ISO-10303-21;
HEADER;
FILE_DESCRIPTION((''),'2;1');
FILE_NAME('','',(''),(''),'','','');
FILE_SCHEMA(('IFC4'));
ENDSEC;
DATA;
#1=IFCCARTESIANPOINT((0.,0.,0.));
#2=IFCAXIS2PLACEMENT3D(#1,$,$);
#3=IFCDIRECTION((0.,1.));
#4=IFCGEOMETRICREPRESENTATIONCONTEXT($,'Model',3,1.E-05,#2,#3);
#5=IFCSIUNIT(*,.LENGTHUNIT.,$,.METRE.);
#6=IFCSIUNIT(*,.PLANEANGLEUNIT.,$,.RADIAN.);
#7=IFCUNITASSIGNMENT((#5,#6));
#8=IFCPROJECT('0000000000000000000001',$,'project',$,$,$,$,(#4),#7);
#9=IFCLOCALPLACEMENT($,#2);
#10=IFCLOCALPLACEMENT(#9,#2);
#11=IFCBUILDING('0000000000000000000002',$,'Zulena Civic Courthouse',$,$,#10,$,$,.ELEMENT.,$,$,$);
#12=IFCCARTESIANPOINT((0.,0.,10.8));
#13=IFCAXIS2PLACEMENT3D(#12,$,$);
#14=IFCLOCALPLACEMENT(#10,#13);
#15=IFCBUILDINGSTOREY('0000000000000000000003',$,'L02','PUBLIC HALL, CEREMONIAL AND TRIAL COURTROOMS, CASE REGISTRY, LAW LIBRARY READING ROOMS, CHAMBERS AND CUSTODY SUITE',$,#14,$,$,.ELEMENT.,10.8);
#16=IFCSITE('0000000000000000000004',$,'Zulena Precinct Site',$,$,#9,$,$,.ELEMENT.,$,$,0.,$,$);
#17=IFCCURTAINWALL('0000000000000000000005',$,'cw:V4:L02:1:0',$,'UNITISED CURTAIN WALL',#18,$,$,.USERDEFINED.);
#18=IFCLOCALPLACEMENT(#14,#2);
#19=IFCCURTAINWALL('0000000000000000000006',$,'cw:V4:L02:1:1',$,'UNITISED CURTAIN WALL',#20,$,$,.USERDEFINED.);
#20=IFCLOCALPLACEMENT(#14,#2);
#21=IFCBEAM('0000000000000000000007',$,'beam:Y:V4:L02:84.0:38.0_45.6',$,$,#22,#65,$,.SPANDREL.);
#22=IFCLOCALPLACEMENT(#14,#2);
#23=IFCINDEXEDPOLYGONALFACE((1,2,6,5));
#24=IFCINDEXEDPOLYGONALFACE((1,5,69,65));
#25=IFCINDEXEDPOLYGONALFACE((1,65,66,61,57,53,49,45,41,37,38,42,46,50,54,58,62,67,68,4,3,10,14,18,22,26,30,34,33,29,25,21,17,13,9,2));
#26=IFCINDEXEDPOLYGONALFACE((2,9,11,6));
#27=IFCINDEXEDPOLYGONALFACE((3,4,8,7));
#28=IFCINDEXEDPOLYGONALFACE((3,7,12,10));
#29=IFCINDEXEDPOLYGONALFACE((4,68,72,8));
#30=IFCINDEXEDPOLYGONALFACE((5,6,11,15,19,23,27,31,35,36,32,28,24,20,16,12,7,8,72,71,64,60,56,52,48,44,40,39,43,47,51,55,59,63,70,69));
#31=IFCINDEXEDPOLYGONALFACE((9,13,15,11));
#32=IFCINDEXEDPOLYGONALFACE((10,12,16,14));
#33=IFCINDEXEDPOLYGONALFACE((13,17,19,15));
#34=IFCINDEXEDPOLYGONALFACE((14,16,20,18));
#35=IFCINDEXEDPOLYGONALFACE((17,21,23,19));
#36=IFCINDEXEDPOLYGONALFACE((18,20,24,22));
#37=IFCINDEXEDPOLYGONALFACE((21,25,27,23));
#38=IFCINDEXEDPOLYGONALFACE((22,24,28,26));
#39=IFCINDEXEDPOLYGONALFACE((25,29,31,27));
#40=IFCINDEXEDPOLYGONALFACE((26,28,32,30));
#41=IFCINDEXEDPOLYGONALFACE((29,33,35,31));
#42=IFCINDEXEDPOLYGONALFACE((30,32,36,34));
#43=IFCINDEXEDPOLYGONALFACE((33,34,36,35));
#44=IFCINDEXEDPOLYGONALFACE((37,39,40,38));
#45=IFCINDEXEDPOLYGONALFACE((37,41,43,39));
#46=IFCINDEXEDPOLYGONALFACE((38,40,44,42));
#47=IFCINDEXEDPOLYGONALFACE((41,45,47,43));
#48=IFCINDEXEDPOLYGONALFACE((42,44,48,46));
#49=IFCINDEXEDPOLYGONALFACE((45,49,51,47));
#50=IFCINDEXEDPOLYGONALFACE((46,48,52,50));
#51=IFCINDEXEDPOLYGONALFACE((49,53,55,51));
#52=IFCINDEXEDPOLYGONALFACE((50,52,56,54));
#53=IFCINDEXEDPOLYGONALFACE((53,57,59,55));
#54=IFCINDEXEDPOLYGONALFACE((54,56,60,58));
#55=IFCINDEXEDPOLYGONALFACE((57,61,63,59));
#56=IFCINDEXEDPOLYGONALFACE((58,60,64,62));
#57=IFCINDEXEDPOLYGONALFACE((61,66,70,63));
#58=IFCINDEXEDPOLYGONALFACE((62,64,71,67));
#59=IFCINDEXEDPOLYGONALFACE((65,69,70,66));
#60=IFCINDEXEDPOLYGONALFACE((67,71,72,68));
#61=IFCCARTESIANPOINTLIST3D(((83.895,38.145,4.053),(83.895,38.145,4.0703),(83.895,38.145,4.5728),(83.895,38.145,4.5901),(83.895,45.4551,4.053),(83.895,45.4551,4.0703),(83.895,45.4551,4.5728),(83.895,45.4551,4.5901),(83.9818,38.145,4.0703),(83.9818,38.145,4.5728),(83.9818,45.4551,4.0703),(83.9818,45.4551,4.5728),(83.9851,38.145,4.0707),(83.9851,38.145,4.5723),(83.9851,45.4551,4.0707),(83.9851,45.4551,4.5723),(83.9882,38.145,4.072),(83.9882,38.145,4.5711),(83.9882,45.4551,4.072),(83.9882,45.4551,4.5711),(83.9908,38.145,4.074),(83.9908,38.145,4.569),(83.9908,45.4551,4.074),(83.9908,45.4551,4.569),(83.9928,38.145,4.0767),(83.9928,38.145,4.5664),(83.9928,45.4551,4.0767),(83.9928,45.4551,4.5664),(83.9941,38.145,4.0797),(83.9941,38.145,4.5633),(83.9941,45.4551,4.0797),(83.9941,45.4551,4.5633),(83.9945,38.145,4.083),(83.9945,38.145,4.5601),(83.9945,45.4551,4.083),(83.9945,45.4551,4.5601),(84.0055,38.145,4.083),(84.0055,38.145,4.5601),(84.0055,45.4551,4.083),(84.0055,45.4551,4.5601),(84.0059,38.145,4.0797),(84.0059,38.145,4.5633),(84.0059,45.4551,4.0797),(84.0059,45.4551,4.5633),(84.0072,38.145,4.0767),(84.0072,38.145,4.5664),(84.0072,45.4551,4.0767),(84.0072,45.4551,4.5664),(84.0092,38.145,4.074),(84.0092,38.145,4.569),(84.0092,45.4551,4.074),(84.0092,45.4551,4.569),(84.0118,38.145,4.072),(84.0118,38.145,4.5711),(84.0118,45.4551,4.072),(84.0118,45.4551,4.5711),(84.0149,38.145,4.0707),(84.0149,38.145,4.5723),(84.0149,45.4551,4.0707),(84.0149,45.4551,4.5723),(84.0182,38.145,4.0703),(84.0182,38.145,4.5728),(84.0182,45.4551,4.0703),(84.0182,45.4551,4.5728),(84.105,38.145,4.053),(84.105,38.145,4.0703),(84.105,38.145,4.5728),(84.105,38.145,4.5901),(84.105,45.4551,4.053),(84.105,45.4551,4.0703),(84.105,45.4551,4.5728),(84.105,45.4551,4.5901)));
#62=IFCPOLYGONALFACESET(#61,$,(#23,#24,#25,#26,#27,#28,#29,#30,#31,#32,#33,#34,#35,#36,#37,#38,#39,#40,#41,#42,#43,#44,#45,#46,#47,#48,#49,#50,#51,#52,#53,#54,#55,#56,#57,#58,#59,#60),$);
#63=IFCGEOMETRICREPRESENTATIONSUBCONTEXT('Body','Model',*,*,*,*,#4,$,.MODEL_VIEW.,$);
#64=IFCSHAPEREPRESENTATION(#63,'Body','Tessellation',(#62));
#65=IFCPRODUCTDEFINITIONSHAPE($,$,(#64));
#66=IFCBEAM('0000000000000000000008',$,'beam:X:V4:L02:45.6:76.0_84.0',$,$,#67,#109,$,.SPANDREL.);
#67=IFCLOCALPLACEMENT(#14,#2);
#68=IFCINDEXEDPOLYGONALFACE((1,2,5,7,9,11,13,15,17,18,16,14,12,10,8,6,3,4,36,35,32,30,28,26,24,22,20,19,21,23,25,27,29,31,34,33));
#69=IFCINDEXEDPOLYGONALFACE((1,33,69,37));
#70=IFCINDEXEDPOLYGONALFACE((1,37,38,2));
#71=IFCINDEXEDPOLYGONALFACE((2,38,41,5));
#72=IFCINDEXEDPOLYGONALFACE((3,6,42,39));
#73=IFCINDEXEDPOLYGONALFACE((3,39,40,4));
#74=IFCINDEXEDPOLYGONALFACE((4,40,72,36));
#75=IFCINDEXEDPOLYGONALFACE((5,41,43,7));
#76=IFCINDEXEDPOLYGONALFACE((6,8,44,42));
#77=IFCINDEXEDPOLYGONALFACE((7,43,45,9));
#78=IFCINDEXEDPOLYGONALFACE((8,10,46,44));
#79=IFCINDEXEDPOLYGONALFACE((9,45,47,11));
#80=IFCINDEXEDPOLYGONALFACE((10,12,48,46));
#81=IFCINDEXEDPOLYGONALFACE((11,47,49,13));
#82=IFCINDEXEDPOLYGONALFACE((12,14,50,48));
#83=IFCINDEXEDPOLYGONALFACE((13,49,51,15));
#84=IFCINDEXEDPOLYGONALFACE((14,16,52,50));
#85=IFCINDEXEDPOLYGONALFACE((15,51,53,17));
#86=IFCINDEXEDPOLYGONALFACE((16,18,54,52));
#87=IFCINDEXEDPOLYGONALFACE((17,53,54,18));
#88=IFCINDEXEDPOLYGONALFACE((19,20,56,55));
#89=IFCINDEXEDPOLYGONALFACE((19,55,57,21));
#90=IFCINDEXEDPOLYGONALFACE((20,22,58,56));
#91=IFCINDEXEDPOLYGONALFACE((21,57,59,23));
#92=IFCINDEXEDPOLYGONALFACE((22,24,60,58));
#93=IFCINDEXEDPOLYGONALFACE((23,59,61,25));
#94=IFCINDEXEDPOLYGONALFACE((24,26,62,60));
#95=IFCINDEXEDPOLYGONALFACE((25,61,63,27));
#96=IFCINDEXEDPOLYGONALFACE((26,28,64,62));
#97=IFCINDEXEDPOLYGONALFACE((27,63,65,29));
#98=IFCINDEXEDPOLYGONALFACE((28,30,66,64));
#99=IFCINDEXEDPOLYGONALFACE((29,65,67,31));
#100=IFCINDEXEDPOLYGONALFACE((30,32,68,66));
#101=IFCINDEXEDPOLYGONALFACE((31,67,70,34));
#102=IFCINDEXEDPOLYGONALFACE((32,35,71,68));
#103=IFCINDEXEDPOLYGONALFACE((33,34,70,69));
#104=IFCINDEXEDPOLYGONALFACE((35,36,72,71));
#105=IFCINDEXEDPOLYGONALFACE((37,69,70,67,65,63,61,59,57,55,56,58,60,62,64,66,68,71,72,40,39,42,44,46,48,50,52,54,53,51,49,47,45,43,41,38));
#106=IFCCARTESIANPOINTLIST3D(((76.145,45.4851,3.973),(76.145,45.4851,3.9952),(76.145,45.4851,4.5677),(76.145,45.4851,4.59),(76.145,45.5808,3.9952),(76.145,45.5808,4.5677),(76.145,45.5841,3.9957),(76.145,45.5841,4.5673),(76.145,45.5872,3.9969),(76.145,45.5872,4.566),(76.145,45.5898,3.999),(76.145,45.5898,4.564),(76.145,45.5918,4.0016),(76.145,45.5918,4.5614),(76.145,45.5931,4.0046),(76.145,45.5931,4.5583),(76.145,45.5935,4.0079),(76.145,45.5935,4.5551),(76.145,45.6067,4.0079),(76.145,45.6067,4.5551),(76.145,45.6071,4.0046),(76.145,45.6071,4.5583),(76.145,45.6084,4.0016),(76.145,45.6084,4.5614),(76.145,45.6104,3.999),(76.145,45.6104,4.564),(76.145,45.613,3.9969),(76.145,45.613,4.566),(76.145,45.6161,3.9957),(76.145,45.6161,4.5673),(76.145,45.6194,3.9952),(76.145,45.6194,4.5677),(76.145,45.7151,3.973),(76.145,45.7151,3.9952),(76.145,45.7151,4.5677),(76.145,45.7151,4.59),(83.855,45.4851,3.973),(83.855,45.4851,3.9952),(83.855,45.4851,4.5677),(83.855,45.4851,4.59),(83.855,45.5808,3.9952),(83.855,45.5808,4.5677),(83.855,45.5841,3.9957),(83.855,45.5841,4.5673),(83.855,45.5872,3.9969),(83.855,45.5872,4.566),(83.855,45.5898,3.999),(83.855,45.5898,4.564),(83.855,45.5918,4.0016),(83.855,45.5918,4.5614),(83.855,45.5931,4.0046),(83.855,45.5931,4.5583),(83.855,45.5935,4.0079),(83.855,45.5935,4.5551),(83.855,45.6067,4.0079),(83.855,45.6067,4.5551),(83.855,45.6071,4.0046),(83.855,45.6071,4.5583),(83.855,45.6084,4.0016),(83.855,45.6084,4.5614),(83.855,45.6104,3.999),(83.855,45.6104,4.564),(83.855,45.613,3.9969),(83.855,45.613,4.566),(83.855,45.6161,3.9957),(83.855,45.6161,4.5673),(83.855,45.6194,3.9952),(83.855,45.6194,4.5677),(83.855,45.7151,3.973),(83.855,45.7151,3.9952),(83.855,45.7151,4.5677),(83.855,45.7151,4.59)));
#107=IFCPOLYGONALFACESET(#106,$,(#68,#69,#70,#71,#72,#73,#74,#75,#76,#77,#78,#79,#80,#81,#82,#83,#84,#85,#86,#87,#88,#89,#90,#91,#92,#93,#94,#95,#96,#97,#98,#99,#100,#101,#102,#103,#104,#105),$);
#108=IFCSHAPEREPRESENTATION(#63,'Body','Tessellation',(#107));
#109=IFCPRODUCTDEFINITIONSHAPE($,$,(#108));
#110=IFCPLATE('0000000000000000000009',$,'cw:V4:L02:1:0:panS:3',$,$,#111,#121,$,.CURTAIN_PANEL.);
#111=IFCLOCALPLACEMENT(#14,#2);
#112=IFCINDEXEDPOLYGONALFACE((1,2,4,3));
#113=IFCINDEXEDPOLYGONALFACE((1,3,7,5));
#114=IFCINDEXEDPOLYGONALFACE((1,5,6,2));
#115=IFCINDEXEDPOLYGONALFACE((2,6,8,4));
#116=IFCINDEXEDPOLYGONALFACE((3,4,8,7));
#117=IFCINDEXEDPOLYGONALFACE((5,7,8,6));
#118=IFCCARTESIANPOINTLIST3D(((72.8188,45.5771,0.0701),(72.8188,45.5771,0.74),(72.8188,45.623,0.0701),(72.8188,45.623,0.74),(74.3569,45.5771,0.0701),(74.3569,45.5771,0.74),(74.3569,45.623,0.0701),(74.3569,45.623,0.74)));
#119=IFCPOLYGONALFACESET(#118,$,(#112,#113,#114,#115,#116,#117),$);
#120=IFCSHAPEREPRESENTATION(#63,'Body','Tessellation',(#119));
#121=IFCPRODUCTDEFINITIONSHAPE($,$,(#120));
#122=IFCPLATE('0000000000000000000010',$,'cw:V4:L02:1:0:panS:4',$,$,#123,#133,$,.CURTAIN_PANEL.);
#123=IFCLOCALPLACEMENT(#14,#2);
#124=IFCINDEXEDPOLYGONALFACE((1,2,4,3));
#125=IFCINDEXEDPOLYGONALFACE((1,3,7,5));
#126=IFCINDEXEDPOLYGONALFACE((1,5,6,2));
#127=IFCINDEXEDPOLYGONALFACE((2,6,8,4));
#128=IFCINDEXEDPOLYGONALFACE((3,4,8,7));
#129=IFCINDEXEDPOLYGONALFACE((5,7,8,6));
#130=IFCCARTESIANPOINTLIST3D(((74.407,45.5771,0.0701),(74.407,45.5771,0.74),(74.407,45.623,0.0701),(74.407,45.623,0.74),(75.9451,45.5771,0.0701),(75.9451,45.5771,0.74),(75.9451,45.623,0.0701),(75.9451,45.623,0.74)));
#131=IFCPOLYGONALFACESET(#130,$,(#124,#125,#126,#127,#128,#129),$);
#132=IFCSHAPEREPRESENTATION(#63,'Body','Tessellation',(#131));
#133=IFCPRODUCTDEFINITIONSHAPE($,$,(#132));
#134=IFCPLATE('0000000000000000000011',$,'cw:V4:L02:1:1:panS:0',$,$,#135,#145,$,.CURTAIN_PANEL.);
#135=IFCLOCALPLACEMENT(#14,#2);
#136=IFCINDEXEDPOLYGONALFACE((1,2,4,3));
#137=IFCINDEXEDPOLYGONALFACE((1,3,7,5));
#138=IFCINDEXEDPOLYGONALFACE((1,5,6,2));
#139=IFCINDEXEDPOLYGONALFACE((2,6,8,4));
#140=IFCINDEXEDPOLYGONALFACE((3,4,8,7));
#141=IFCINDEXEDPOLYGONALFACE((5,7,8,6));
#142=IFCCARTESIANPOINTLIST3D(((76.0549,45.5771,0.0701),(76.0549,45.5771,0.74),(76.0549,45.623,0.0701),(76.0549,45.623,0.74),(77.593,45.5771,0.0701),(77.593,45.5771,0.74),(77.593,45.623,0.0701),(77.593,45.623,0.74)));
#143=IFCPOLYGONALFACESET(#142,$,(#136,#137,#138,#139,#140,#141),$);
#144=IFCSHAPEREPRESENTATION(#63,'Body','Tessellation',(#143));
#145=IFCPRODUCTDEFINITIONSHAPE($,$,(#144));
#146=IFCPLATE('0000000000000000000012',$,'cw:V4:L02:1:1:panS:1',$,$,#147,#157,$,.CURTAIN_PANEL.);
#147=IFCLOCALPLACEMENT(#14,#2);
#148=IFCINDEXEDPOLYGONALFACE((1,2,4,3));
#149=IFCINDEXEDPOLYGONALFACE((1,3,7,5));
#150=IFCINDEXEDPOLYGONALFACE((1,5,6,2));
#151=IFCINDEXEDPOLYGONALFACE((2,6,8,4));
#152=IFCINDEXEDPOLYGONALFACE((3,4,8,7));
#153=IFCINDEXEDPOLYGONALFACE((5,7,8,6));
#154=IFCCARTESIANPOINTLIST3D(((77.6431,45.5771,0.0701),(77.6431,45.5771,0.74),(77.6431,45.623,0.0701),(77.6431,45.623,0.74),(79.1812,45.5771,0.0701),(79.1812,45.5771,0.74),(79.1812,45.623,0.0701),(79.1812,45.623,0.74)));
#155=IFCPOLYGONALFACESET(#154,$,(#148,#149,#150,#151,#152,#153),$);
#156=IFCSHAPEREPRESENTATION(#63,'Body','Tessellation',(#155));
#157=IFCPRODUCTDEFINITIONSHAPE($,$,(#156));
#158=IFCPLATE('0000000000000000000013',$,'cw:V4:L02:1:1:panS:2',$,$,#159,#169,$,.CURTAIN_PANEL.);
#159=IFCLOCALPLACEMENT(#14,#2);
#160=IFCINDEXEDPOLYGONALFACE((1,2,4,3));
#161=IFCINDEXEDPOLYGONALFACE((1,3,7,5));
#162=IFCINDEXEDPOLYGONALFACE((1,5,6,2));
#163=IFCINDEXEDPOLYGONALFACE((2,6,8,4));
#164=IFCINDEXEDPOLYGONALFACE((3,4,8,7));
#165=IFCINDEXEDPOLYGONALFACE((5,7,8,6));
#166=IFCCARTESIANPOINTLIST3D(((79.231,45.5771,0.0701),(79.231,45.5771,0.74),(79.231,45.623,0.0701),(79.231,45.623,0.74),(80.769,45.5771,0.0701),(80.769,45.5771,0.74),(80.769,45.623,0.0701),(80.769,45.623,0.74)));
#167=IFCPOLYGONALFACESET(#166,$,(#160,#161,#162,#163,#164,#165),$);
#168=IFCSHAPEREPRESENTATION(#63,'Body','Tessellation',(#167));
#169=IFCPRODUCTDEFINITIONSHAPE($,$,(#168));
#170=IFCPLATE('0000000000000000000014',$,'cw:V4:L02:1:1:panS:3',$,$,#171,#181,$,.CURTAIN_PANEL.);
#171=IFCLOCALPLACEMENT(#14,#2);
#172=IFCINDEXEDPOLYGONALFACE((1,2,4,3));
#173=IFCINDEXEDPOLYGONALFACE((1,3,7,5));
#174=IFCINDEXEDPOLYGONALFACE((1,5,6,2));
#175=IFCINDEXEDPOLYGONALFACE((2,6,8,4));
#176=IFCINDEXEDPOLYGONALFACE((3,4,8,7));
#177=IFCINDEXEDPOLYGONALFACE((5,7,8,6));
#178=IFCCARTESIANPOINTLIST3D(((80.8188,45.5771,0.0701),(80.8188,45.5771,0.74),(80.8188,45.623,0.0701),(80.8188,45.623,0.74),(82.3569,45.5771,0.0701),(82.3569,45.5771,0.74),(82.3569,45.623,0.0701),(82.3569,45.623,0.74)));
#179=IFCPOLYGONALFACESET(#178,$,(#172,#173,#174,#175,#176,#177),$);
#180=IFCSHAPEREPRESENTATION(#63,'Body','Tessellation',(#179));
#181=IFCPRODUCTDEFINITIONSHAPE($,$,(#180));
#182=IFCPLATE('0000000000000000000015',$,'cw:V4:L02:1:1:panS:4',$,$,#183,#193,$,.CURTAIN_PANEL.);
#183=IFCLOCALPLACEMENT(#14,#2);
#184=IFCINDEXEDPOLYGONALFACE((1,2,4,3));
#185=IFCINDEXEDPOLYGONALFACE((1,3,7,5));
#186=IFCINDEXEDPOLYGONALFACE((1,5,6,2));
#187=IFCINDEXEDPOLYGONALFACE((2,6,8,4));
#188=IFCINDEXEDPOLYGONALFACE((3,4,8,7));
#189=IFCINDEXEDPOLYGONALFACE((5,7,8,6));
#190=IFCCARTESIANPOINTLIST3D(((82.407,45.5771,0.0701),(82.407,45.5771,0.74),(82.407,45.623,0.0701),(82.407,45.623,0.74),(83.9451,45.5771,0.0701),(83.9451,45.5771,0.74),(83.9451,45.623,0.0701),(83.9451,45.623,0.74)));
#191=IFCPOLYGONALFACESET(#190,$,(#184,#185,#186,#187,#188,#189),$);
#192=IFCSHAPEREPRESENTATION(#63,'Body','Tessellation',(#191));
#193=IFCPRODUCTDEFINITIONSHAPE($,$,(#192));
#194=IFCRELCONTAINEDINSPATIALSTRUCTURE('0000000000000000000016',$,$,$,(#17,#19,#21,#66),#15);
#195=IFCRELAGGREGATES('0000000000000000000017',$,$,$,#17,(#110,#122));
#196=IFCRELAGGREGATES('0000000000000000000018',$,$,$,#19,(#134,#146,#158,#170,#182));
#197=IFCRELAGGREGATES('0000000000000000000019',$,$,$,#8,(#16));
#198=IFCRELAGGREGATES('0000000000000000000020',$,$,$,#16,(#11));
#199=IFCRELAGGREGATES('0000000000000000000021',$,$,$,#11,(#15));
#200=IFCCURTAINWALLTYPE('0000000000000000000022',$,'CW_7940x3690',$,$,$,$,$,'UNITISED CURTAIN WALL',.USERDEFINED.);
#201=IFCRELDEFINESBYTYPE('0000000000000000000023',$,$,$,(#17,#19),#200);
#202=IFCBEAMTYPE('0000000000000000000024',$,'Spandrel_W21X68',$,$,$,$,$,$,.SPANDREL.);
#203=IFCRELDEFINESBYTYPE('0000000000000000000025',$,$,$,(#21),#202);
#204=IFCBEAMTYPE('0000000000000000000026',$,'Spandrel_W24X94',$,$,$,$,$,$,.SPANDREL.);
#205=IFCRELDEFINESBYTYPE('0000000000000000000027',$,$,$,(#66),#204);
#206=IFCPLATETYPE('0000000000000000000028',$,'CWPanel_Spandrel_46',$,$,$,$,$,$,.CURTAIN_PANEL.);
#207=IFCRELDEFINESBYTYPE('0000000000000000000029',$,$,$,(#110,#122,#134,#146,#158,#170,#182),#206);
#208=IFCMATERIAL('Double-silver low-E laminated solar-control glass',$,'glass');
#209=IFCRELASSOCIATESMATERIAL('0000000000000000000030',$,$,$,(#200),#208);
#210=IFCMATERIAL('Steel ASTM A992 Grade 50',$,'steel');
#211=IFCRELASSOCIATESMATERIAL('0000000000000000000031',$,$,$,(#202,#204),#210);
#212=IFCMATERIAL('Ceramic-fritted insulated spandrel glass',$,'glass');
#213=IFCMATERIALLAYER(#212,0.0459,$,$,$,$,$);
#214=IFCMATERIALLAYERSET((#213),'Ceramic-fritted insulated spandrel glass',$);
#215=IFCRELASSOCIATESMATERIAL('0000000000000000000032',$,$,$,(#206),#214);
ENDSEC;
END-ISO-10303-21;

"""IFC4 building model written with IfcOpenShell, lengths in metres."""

from ifc_helpers import new_model, si_unit, direction, frame, origin, origin_2d, place, context, subcontext, project, spatial, rectangle, i_section, extrude, material, layer, layer_set, material_profile, profile_set, type_object, element, aggregate, save


model = new_model("IFC4")

# Units and contexts
model_context = context("Model", 3, precision=1e-05, world=origin(), true_north=direction((0.0, 1.0)))
body_context = subcontext(model_context, "Body", "Model", "MODEL_VIEW")
ifc_project = project(units=[si_unit("LENGTHUNIT", "METRE"), si_unit("PLANEANGLEUNIT", "RADIAN")], contexts=[model_context])

# Site, building, storey
site_placement = place(None, origin())
site = spatial("IfcSite", under=ifc_project, at=site_placement, Name="Zulena Precinct Site", CompositionType="ELEMENT", RefElevation=0.0)
building_placement = place(site_placement, origin())
building = spatial("IfcBuilding", under=site, at=building_placement, Name="Zulena Civic Courthouse", CompositionType="ELEMENT")
storey_placement = place(building_placement, frame((0.0, 0.0, 10.8)))
storey = spatial("IfcBuildingStorey", under=building, at=storey_placement, Name="L02", Description="PUBLIC HALL, CEREMONIAL AND TRIAL COURTROOMS, CASE REGISTRY, LAW LIBRARY READING ROOMS, CHAMBERS AND CUSTODY SUITE", CompositionType="ELEMENT", Elevation=10.8)

# Shared definitions
ifc_material_1 = material(Name="Steel ASTM A992 Grade 50", Category="steel")

# Curtain walls
ifc_material_2 = material(Name="Double-silver low-E laminated solar-control glass", Category="glass")
curtain_wall_type = type_object("IfcCurtainWallType", Name="CW_7940x3690", ElementType="UNITISED CURTAIN WALL", PredefinedType="USERDEFINED", material=ifc_material_2)
curtain_wall_1_placement = place(storey_placement, origin())
curtain_wall_1 = element("IfcCurtainWall", 1, at=curtain_wall_1_placement, inside=storey, type_object=curtain_wall_type, Name="cw:V4:L02:1:0", ObjectType="UNITISED CURTAIN WALL", PredefinedType="USERDEFINED")
curtain_wall_2_placement = place(storey_placement, origin())
curtain_wall_2 = element("IfcCurtainWall", 2, at=curtain_wall_2_placement, inside=storey, type_object=curtain_wall_type, Name="cw:V4:L02:1:1", ObjectType="UNITISED CURTAIN WALL", PredefinedType="USERDEFINED")

# Beams
ifc_material_profile_1 = material_profile(ifc_material_1, i_section(OverallWidth=0.21, OverallDepth=0.5371, WebThickness=0.011, FlangeThickness=0.0173, FilletRadius=0.0127, at=origin_2d()), Name="W21X68")
ifc_profile_set_1 = profile_set([ifc_material_profile_1], Name="Steel ASTM A992 Grade 50")
beam_type_1 = type_object("IfcBeamType", Name="Spandrel_W21X68", PredefinedType="SPANDREL", material=ifc_profile_set_1)
for number, where, z_axis, x_axis, name in (
    (3, (84.0, 38.145, 4.3215), (0.0, 1.0, 0.0), (-1.0, 0.0, 0.0), "beam:Y:V4:L02:84.0:38.0_45.6"),
):
    element("IfcBeam", number, at=place(storey_placement, frame(where, z_axis=z_axis, x_axis=x_axis)), inside=storey, type_object=beam_type_1, Name=name, PredefinedType="SPANDREL", context=body_context, shape_type="SweptSolid", body=[
        extrude(i_section(OverallWidth=0.21, OverallDepth=0.5371, WebThickness=0.011, FlangeThickness=0.0173, FilletRadius=0.0127, at=origin_2d()), origin(), (0.0, 0.0, 1.0), 7.3101),
    ])
ifc_material_profile_2 = material_profile(ifc_material_1, i_section(OverallWidth=0.23, OverallDepth=0.6169, WebThickness=0.0132, FlangeThickness=0.0222, FilletRadius=0.0127, at=origin_2d()), Name="W24X94")
ifc_profile_set_2 = profile_set([ifc_material_profile_2], Name="Steel ASTM A992 Grade 50")
beam_type_2 = type_object("IfcBeamType", Name="Spandrel_W24X94", PredefinedType="SPANDREL", material=ifc_profile_set_2)
beam_placement = place(storey_placement, frame((76.145, 45.6001, 4.2815), z_axis=(1.0, 0.0, 0.0), x_axis=(0.0, 1.0, 0.0)))
element("IfcBeam", 4, at=beam_placement, inside=storey, type_object=beam_type_2, Name="beam:X:V4:L02:45.6:76.0_84.0", PredefinedType="SPANDREL", context=body_context, shape_type="SweptSolid", body=[
    extrude(i_section(OverallWidth=0.23, OverallDepth=0.6169, WebThickness=0.0132, FlangeThickness=0.0222, FilletRadius=0.0127, at=origin_2d()), origin(), (0.0, 0.0, 1.0), 7.71),
])

# Plates
ifc_material_3 = material(Name="Ceramic-fritted insulated spandrel glass", Category="glass")
ifc_layer_1 = layer(ifc_material_3, 0.0459)
ifc_layer_set_1 = layer_set([ifc_layer_1], Name="Ceramic-fritted insulated spandrel glass")
plate_type_1 = type_object("IfcPlateType", Name="CWPanel_Spandrel_46", PredefinedType="CURTAIN_PANEL", material=ifc_layer_set_1)
plate_1_placement = place(storey_placement, frame((73.5879, 45.6001, 0.0701), z_axis=(0.0, 0.0, 1.0), x_axis=(1.0, 0.0, 0.0)))
plate_1 = element("IfcPlate", 5, at=plate_1_placement, type_object=plate_type_1, Name="cw:V4:L02:1:0:panS:3", PredefinedType="CURTAIN_PANEL", context=body_context, shape_type="SweptSolid", body=[
    extrude(rectangle(XDim=1.5381, YDim=0.0459, at=origin_2d()), origin(), (0.0, 0.0, 1.0), 0.6699),
])
plate_2_placement = place(storey_placement, frame((75.176, 45.6001, 0.0701), z_axis=(0.0, 0.0, 1.0), x_axis=(1.0, 0.0, 0.0)))
plate_2 = element("IfcPlate", 6, at=plate_2_placement, type_object=plate_type_1, Name="cw:V4:L02:1:0:panS:4", PredefinedType="CURTAIN_PANEL", context=body_context, shape_type="SweptSolid", body=[
    extrude(rectangle(XDim=1.5381, YDim=0.0459, at=origin_2d()), origin(), (0.0, 0.0, 1.0), 0.6699),
])
plate_3_placement = place(storey_placement, frame((76.824, 45.6001, 0.0701), z_axis=(0.0, 0.0, 1.0), x_axis=(1.0, 0.0, 0.0)))
plate_3 = element("IfcPlate", 7, at=plate_3_placement, type_object=plate_type_1, Name="cw:V4:L02:1:1:panS:0", PredefinedType="CURTAIN_PANEL", context=body_context, shape_type="SweptSolid", body=[
    extrude(rectangle(XDim=1.5381, YDim=0.0459, at=origin_2d()), origin(), (0.0, 0.0, 1.0), 0.6699),
])
plate_4_placement = place(storey_placement, frame((78.4121, 45.6001, 0.0701), z_axis=(0.0, 0.0, 1.0), x_axis=(1.0, 0.0, 0.0)))
plate_4 = element("IfcPlate", 8, at=plate_4_placement, type_object=plate_type_1, Name="cw:V4:L02:1:1:panS:1", PredefinedType="CURTAIN_PANEL", context=body_context, shape_type="SweptSolid", body=[
    extrude(rectangle(XDim=1.5381, YDim=0.0459, at=origin_2d()), origin(), (0.0, 0.0, 1.0), 0.6699),
])
plate_5_placement = place(storey_placement, frame((80.0, 45.6001, 0.0701), z_axis=(0.0, 0.0, 1.0), x_axis=(1.0, 0.0, 0.0)))
plate_5 = element("IfcPlate", 9, at=plate_5_placement, type_object=plate_type_1, Name="cw:V4:L02:1:1:panS:2", PredefinedType="CURTAIN_PANEL", context=body_context, shape_type="SweptSolid", body=[
    extrude(rectangle(XDim=1.5381, YDim=0.0459, at=origin_2d()), origin(), (0.0, 0.0, 1.0), 0.6699),
])
plate_6_placement = place(storey_placement, frame((81.5879, 45.6001, 0.0701), z_axis=(0.0, 0.0, 1.0), x_axis=(1.0, 0.0, 0.0)))
plate_6 = element("IfcPlate", 10, at=plate_6_placement, type_object=plate_type_1, Name="cw:V4:L02:1:1:panS:3", PredefinedType="CURTAIN_PANEL", context=body_context, shape_type="SweptSolid", body=[
    extrude(rectangle(XDim=1.5381, YDim=0.0459, at=origin_2d()), origin(), (0.0, 0.0, 1.0), 0.6699),
])
plate_7_placement = place(storey_placement, frame((83.176, 45.6001, 0.0701), z_axis=(0.0, 0.0, 1.0), x_axis=(1.0, 0.0, 0.0)))
plate_7 = element("IfcPlate", 11, at=plate_7_placement, type_object=plate_type_1, Name="cw:V4:L02:1:1:panS:4", PredefinedType="CURTAIN_PANEL", context=body_context, shape_type="SweptSolid", body=[
    extrude(rectangle(XDim=1.5381, YDim=0.0459, at=origin_2d()), origin(), (0.0, 0.0, 1.0), 0.6699),
])
aggregate(curtain_wall_1, [plate_1, plate_2])
aggregate(curtain_wall_2, [plate_3, plate_4, plate_5, plate_6, plate_7])

save(model, "model.ifc")
